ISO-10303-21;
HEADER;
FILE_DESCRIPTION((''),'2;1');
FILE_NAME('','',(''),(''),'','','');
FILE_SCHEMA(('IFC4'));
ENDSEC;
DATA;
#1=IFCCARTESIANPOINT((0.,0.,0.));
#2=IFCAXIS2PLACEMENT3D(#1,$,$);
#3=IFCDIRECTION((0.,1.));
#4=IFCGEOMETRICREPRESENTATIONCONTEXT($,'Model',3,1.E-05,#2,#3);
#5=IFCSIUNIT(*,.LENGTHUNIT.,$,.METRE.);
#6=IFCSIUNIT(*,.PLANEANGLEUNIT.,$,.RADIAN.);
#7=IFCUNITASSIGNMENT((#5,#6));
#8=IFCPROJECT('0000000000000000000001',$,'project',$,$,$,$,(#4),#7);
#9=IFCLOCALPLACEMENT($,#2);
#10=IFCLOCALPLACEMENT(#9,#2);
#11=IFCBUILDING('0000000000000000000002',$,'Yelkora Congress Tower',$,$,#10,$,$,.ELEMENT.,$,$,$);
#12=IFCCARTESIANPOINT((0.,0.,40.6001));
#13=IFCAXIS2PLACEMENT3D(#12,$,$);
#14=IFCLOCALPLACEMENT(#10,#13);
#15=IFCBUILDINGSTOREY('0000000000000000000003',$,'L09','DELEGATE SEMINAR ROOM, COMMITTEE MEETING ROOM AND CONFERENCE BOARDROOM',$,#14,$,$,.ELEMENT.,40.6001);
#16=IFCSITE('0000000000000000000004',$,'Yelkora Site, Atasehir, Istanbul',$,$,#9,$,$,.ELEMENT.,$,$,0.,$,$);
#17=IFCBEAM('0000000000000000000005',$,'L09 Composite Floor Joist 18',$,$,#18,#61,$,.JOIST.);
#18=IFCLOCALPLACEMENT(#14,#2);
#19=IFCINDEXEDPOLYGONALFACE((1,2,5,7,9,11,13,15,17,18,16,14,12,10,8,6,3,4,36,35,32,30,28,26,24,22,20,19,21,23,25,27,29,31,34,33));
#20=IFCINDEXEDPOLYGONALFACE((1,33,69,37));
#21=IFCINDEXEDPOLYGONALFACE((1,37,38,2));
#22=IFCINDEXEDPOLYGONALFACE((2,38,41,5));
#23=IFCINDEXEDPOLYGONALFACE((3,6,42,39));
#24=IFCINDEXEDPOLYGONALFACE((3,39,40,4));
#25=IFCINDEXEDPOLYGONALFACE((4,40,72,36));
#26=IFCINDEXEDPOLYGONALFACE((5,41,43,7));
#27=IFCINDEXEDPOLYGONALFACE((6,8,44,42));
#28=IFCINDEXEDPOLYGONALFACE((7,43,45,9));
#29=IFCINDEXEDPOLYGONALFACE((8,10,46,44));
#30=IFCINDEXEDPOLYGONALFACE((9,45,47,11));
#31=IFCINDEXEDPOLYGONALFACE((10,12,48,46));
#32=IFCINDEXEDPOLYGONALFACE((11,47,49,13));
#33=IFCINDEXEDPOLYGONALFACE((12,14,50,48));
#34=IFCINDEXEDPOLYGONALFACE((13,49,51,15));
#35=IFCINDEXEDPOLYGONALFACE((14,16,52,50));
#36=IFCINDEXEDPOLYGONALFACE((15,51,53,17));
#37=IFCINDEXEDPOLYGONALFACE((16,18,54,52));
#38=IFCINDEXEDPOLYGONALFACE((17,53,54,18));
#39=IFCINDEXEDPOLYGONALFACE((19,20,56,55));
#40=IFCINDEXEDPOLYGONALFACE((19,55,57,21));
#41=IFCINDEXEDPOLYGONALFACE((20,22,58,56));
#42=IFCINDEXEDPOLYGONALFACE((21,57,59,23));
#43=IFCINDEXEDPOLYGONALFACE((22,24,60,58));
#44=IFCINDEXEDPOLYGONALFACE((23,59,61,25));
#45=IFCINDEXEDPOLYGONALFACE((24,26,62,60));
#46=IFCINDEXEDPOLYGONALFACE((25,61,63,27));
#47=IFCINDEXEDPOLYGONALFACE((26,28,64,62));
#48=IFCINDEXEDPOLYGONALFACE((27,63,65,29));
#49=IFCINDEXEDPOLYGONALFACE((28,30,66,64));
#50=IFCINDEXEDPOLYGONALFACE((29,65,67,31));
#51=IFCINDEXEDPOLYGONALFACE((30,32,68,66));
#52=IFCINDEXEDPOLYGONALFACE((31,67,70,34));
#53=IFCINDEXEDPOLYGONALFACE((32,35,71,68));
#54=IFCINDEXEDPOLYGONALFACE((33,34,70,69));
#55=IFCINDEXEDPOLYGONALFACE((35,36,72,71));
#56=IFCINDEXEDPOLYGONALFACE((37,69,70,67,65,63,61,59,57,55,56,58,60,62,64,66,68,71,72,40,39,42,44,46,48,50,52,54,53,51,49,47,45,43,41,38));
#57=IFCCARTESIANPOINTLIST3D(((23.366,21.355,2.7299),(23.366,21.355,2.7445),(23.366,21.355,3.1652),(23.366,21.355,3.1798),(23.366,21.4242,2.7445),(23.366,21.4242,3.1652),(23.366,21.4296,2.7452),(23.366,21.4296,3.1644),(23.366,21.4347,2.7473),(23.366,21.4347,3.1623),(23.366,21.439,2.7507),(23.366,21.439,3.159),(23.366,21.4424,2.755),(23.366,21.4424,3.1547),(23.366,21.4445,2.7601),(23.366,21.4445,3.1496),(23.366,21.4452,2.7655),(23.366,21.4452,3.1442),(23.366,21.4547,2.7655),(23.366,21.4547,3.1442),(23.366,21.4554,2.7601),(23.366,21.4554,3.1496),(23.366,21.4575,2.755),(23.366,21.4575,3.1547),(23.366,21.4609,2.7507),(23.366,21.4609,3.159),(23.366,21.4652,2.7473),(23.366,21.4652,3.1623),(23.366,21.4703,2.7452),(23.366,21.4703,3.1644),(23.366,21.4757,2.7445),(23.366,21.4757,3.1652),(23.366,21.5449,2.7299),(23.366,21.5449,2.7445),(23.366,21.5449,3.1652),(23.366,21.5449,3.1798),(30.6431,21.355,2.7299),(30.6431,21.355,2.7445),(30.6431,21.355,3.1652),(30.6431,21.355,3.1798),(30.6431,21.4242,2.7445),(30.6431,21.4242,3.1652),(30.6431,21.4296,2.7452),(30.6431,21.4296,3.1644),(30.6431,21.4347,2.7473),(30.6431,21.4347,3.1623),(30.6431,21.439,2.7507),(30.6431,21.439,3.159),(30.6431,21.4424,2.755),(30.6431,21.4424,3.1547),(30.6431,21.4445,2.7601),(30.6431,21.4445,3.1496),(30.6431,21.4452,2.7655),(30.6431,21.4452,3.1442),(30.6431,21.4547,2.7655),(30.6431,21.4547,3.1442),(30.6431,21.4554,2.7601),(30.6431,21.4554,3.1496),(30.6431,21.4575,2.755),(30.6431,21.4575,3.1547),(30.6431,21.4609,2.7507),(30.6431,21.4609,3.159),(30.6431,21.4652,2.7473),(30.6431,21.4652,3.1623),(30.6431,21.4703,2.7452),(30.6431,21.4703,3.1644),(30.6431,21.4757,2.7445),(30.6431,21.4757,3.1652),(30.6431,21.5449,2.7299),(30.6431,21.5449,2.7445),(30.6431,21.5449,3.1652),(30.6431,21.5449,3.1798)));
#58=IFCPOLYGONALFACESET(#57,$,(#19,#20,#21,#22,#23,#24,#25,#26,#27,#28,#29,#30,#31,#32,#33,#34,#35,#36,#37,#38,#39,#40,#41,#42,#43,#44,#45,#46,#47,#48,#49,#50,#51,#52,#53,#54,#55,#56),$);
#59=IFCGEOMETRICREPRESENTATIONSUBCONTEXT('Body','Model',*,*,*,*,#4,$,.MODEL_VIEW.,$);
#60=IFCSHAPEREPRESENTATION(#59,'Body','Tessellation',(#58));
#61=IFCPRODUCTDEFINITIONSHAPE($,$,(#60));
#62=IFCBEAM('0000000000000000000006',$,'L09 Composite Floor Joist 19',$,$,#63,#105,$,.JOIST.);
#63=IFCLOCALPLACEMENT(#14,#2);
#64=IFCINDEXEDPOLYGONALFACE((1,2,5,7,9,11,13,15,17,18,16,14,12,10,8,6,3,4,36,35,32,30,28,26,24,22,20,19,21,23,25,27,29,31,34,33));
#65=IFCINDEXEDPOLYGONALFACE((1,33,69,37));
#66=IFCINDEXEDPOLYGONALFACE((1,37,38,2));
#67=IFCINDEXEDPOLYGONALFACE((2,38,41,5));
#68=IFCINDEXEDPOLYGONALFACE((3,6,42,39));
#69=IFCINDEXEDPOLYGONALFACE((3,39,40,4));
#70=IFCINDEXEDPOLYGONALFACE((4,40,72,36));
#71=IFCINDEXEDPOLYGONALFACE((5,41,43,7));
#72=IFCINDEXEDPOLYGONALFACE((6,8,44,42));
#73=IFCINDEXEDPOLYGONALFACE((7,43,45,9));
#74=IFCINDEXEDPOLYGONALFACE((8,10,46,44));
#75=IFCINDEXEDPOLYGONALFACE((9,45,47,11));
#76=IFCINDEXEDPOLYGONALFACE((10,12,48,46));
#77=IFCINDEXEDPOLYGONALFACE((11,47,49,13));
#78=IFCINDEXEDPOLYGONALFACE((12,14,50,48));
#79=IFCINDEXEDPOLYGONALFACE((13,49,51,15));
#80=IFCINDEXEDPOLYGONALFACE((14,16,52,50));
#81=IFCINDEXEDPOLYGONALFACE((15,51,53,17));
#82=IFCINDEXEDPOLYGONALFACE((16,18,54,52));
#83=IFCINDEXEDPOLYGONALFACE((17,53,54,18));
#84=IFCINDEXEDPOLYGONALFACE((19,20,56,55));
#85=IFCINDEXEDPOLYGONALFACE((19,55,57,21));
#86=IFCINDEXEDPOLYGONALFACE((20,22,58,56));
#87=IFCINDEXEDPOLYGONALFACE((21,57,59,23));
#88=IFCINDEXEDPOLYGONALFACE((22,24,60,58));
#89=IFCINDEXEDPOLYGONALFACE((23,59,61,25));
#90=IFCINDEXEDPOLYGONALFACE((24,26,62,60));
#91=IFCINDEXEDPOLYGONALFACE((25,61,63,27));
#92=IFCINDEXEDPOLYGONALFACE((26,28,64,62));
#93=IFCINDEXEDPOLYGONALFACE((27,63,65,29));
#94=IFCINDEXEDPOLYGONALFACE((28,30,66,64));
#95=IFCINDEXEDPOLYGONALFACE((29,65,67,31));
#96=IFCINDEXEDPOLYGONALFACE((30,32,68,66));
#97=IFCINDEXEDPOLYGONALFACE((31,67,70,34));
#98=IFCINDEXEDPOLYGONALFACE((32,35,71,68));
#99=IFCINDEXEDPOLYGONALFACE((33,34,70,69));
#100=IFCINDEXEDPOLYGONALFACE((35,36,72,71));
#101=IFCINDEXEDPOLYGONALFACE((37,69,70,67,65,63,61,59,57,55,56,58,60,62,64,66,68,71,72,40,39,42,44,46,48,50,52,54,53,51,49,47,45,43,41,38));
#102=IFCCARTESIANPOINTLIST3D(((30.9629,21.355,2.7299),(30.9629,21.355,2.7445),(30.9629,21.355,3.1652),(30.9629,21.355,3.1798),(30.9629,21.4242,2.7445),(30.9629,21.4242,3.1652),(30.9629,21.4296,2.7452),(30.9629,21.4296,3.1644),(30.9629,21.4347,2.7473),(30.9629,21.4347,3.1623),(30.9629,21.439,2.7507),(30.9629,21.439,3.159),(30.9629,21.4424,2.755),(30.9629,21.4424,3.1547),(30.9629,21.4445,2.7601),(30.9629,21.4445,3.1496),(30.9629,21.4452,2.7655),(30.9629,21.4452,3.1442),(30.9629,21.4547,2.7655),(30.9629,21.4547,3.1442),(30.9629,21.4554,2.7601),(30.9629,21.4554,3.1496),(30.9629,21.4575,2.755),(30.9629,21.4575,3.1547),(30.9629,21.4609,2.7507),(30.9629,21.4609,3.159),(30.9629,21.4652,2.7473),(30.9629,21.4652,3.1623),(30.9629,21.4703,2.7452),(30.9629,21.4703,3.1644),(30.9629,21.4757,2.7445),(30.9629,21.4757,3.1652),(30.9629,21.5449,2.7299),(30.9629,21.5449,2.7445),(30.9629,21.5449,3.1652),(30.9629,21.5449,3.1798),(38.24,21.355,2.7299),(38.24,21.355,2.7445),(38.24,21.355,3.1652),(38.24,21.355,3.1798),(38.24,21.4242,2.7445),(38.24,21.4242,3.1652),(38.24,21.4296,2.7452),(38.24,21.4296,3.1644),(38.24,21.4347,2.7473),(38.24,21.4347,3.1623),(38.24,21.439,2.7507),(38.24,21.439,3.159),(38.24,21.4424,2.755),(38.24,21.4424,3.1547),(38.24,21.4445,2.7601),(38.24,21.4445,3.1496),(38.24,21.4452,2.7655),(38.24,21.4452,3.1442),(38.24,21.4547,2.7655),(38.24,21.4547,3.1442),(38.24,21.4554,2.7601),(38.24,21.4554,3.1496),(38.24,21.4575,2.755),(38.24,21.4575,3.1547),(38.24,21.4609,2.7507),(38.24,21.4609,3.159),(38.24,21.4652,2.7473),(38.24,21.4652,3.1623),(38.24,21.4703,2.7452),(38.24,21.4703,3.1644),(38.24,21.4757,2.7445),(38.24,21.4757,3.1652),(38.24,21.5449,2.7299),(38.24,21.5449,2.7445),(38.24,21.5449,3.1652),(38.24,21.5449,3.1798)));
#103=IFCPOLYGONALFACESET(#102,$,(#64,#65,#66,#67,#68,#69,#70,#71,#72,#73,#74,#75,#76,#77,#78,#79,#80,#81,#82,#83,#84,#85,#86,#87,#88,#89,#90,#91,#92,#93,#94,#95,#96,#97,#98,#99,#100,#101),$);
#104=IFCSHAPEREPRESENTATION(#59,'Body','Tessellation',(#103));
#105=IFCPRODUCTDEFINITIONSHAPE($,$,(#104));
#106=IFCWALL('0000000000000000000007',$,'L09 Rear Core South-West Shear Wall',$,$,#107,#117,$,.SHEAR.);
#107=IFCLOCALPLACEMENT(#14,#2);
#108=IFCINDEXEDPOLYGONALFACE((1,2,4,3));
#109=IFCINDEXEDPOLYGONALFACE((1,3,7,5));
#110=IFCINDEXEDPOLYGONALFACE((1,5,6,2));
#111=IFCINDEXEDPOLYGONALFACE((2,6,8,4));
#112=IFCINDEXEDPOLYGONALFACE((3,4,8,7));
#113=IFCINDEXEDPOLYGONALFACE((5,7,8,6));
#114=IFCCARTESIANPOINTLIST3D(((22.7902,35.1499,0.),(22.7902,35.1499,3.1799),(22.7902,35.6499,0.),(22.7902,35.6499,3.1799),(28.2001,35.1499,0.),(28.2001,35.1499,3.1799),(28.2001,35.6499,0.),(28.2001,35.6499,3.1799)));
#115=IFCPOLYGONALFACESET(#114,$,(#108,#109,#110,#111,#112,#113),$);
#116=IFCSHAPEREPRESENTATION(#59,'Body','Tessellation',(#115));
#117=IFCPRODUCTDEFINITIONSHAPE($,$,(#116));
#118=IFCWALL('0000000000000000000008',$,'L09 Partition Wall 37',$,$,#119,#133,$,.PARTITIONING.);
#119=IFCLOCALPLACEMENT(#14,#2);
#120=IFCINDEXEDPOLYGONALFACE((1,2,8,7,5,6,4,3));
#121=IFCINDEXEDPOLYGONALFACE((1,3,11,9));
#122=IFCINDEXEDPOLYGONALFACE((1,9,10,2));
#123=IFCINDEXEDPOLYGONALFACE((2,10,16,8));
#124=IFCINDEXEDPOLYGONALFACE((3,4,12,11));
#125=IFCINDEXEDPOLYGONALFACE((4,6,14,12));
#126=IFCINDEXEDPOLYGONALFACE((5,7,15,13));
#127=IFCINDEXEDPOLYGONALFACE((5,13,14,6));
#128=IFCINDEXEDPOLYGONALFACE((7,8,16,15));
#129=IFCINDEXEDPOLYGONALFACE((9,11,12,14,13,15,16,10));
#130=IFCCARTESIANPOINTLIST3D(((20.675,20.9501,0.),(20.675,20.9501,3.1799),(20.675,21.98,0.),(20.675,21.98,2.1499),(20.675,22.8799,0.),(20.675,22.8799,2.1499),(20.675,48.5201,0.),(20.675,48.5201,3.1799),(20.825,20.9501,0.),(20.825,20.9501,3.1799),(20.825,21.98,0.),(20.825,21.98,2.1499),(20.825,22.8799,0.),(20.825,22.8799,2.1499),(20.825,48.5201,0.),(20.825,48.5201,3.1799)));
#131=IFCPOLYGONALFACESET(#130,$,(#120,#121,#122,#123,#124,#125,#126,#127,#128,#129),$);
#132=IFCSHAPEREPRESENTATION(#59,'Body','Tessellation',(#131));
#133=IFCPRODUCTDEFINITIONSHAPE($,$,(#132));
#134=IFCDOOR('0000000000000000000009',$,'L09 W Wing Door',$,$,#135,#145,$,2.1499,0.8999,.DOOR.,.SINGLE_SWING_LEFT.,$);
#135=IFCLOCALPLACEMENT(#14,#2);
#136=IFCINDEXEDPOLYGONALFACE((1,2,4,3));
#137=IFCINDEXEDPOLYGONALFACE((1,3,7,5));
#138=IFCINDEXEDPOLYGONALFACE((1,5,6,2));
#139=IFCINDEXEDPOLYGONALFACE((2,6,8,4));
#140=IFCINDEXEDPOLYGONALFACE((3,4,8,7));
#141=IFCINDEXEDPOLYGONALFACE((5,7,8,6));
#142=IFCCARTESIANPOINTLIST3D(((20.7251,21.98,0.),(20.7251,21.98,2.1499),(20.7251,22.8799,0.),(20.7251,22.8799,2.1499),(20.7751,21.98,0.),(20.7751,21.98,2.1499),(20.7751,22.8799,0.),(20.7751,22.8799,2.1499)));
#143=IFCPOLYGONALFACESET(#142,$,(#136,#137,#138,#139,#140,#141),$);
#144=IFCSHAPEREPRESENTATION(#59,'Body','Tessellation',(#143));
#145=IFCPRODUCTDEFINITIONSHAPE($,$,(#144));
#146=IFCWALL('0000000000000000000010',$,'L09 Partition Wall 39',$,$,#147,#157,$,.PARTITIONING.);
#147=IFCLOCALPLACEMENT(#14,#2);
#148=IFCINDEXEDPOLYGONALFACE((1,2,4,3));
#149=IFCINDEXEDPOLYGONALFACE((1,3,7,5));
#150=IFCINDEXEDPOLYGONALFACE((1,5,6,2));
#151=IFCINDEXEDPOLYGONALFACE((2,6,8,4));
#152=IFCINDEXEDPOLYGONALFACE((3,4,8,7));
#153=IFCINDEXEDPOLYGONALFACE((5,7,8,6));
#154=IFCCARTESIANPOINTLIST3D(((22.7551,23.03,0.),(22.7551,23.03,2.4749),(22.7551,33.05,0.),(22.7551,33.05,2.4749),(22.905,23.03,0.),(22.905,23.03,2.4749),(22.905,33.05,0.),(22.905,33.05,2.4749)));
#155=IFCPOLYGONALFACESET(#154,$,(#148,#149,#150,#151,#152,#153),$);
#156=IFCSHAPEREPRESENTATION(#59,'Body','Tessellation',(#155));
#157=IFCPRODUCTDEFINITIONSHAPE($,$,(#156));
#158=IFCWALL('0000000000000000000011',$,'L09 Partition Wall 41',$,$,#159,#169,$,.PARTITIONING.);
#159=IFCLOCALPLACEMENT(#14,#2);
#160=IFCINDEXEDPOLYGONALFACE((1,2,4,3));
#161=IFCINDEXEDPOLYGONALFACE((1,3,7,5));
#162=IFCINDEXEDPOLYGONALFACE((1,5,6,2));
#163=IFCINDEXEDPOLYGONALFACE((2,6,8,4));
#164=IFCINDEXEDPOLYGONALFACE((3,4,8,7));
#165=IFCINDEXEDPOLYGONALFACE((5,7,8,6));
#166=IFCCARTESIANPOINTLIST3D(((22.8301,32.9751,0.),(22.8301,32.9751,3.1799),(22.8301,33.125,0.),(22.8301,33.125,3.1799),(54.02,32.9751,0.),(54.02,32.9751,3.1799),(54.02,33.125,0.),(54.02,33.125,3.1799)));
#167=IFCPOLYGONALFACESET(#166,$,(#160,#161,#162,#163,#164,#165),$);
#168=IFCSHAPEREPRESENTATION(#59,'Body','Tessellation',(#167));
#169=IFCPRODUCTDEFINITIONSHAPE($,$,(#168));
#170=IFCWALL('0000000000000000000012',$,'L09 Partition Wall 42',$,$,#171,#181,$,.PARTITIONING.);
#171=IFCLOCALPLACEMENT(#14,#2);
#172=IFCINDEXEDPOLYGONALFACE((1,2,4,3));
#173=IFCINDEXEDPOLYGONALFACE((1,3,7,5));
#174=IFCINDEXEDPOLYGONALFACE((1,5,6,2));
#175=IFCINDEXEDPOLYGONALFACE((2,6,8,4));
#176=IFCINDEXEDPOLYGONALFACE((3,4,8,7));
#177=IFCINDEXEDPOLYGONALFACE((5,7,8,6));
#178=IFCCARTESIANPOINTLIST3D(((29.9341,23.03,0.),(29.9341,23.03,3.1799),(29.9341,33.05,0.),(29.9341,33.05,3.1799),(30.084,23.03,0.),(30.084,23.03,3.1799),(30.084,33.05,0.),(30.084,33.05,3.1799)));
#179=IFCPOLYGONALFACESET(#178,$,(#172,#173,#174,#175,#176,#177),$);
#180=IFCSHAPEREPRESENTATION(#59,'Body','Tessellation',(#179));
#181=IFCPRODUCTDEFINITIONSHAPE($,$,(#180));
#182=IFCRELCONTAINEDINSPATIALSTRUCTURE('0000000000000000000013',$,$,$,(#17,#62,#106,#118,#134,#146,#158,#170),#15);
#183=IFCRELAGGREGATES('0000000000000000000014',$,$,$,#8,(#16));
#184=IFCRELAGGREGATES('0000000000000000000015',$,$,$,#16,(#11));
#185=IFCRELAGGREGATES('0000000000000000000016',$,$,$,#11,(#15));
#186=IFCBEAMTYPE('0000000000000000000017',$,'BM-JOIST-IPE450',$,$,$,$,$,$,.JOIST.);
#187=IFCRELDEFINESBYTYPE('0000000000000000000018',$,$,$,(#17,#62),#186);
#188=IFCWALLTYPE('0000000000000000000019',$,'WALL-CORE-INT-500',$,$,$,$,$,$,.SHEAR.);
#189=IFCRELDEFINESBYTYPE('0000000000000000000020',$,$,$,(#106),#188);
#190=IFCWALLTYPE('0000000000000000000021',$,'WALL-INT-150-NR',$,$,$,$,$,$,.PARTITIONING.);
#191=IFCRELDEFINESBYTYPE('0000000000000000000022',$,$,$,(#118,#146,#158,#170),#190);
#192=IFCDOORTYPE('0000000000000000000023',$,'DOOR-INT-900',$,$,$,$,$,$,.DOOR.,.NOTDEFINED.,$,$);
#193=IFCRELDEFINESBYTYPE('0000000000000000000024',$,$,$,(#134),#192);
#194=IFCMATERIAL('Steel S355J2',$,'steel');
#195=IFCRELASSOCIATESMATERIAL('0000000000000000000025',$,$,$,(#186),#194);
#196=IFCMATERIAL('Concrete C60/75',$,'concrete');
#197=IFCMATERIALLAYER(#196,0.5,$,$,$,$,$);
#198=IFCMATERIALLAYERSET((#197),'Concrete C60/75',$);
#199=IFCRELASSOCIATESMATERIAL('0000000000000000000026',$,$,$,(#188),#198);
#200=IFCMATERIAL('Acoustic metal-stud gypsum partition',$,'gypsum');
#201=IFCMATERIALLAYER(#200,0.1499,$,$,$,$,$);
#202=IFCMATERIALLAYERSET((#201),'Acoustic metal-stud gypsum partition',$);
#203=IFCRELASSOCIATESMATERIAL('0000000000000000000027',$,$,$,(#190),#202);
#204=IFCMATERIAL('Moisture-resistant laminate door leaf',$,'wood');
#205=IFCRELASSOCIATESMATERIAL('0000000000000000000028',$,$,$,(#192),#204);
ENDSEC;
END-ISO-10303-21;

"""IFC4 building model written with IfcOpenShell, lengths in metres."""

from ifc_helpers import new_model, si_unit, direction, frame, frame_2d, origin, origin_2d, place, context, subcontext, project, spatial, rectangle, i_section, extrude, material, layer, layer_set, material_profile, profile_set, type_object, element, fill, save


model = new_model("IFC4")

# Units and contexts
model_context = context("Model", 3, precision=1e-05, world=origin(), true_north=direction((0.0, 1.0)))
body_context = subcontext(model_context, "Body", "Model", "MODEL_VIEW")
ifc_project = project(units=[si_unit("LENGTHUNIT", "METRE"), si_unit("PLANEANGLEUNIT", "RADIAN")], contexts=[model_context])

# Site, building, storey
site_placement = place(None, origin())
site = spatial("IfcSite", under=ifc_project, at=site_placement, Name="Yelkora Site, Atasehir, Istanbul", CompositionType="ELEMENT", RefElevation=0.0)
building_placement = place(site_placement, origin())
building = spatial("IfcBuilding", under=site, at=building_placement, Name="Yelkora Congress Tower", CompositionType="ELEMENT")
storey_placement = place(building_placement, frame((0.0, 0.0, 40.6001)))
storey = spatial("IfcBuildingStorey", under=building, at=storey_placement, Name="L09", Description="DELEGATE SEMINAR ROOM, COMMITTEE MEETING ROOM AND CONFERENCE BOARDROOM", CompositionType="ELEMENT", Elevation=40.6001)

# Shared definitions
ifc_material_1 = material(Name="Concrete C60/75", Category="concrete")

# Beams
ifc_material_2 = material(Name="Steel S355J2", Category="steel")
ifc_material_profile_1 = material_profile(ifc_material_2, i_section(OverallWidth=0.1899, OverallDepth=0.45, WebThickness=0.0095, FlangeThickness=0.0146, FilletRadius=0.021, at=origin_2d()), Name="IPE 450")
ifc_profile_set_1 = profile_set([ifc_material_profile_1], Name="Steel S355J2")
beam_type_1 = type_object("IfcBeamType", Name="BM-JOIST-IPE450", PredefinedType="JOIST", material=ifc_profile_set_1)
for number, where, z_axis, x_axis, name in (
    (1, (23.366, 21.45, 2.9548), (1.0, 0.0, 0.0), (0.0, 1.0, 0.0), "L09 Composite Floor Joist 18"),
    (2, (30.9629, 21.45, 2.9548), (1.0, 0.0, 0.0), (0.0, 1.0, 0.0), "L09 Composite Floor Joist 19"),
):
    element("IfcBeam", number, at=place(storey_placement, frame(where, z_axis=z_axis, x_axis=x_axis)), inside=storey, type_object=beam_type_1, Name=name, PredefinedType="JOIST", context=body_context, shape_type="SweptSolid", body=[
        extrude(i_section(OverallWidth=0.1899, OverallDepth=0.45, WebThickness=0.0095, FlangeThickness=0.0146, FilletRadius=0.021, at=origin_2d()), origin(), (0.0, 0.0, 1.0), 7.2771),
    ])

# Wall
ifc_layer_1 = layer(ifc_material_1, 0.5)
ifc_layer_set_1 = layer_set([ifc_layer_1], Name="Concrete C60/75")
wall_type_1 = type_object("IfcWallType", Name="WALL-CORE-INT-500", PredefinedType="SHEAR", material=ifc_layer_set_1)
wall_1_placement = place(storey_placement, frame((22.79, 35.3999, 0.0), z_axis=(0.0, 0.0, 1.0), x_axis=(1.0, 0.0, 0.0)))
element("IfcWall", 3, at=wall_1_placement, inside=storey, type_object=wall_type_1, Name="L09 Rear Core South-West Shear Wall", PredefinedType="SHEAR", context=body_context, shape_type="SweptSolid", body=[
    extrude(rectangle(XDim=5.4099, YDim=0.5, at=frame_2d((2.7051, 0.0))), origin(), (0.0, 0.0, 1.0), 3.1799),
])

# Wall, opening, door
ifc_material_3 = material(Name="Acoustic metal-stud gypsum partition", Category="gypsum")
ifc_layer_2 = layer(ifc_material_3, 0.1499)
ifc_layer_set_2 = layer_set([ifc_layer_2], Name="Acoustic metal-stud gypsum partition")
wall_type_2 = type_object("IfcWallType", Name="WALL-INT-150-NR", PredefinedType="PARTITIONING", material=ifc_layer_set_2)
wall_2_placement = place(storey_placement, frame((20.75, 20.95, 0.0), z_axis=(0.0, 0.0, 1.0), x_axis=(0.0, 1.0, 0.0)))
wall_2 = element("IfcWall", 4, at=wall_2_placement, inside=storey, type_object=wall_type_2, Name="L09 Partition Wall 37", PredefinedType="PARTITIONING", context=body_context, shape_type="SweptSolid", body=[
    extrude(rectangle(XDim=27.5701, YDim=0.1499, at=frame_2d((13.7852, 0.0))), origin(), (0.0, 0.0, 1.0), 3.1799),
])
opening_1_placement = place(wall_2_placement, frame((1.03, 0.0, 0.0)))
opening_1 = element("IfcOpeningElement", 5, at=opening_1_placement, cuts=wall_2, PredefinedType="OPENING", context=body_context, shape_type="SweptSolid", body=[
    extrude(rectangle(XDim=0.8999, YDim=2.1499, at=frame_2d((0.45, 1.075))), frame((0.0, 0.085, 0.0), z_axis=(0.0, -1.0, 0.0), x_axis=(1.0, 0.0, 0.0)), (0.0, 0.0, 1.0), 0.1699),
])
ifc_material_4 = material(Name="Moisture-resistant laminate door leaf", Category="wood")
door_type = type_object("IfcDoorType", Name="DOOR-INT-900", OperationType="NOTDEFINED", PredefinedType="DOOR", material=ifc_material_4)
door_1_placement = place(opening_1_placement, origin())
door_1 = element("IfcDoor", 6, at=door_1_placement, inside=storey, type_object=door_type, Name="L09 W Wing Door", OperationType="SINGLE_SWING_LEFT", OverallHeight=2.1499, OverallWidth=0.8999, PredefinedType="DOOR", context=body_context, shape_type="SweptSolid", body=[
    extrude(rectangle(XDim=0.8999, YDim=2.1499, at=frame_2d((0.45, 1.075))), frame((0.0, 0.0249, 0.0), z_axis=(0.0, -1.0, 0.0), x_axis=(1.0, 0.0, 0.0)), (0.0, 0.0, 1.0), 0.05),
])
fill(opening_1, door_1)

# Walls
wall_3_placement = place(storey_placement, frame((22.8301, 23.03, 0.0), z_axis=(0.0, 0.0, 1.0), x_axis=(0.0, 1.0, 0.0)))
element("IfcWall", 7, at=wall_3_placement, inside=storey, type_object=wall_type_2, Name="L09 Partition Wall 39", PredefinedType="PARTITIONING", context=body_context, shape_type="SweptSolid", body=[
    extrude(rectangle(XDim=10.02, YDim=0.1499, at=frame_2d((5.01, 0.0))), origin(), (0.0, 0.0, 1.0), 2.4749),
])
wall_4_placement = place(storey_placement, frame((22.8301, 33.05, 0.0), z_axis=(0.0, 0.0, 1.0), x_axis=(1.0, 0.0, 0.0)))
element("IfcWall", 8, at=wall_4_placement, inside=storey, type_object=wall_type_2, Name="L09 Partition Wall 41", PredefinedType="PARTITIONING", context=body_context, shape_type="SweptSolid", body=[
    extrude(rectangle(XDim=31.1899, YDim=0.1499, at=frame_2d((15.595, 0.0))), origin(), (0.0, 0.0, 1.0), 3.1799),
])
wall_5_placement = place(storey_placement, frame((30.009, 23.03, 0.0), z_axis=(0.0, 0.0, 1.0), x_axis=(0.0, 1.0, 0.0)))
element("IfcWall", 9, at=wall_5_placement, inside=storey, type_object=wall_type_2, Name="L09 Partition Wall 42", PredefinedType="PARTITIONING", context=body_context, shape_type="SweptSolid", body=[
    extrude(rectangle(XDim=10.02, YDim=0.1499, at=frame_2d((5.01, 0.0))), origin(), (0.0, 0.0, 1.0), 3.1799),
])

save(model, "model.ifc")
